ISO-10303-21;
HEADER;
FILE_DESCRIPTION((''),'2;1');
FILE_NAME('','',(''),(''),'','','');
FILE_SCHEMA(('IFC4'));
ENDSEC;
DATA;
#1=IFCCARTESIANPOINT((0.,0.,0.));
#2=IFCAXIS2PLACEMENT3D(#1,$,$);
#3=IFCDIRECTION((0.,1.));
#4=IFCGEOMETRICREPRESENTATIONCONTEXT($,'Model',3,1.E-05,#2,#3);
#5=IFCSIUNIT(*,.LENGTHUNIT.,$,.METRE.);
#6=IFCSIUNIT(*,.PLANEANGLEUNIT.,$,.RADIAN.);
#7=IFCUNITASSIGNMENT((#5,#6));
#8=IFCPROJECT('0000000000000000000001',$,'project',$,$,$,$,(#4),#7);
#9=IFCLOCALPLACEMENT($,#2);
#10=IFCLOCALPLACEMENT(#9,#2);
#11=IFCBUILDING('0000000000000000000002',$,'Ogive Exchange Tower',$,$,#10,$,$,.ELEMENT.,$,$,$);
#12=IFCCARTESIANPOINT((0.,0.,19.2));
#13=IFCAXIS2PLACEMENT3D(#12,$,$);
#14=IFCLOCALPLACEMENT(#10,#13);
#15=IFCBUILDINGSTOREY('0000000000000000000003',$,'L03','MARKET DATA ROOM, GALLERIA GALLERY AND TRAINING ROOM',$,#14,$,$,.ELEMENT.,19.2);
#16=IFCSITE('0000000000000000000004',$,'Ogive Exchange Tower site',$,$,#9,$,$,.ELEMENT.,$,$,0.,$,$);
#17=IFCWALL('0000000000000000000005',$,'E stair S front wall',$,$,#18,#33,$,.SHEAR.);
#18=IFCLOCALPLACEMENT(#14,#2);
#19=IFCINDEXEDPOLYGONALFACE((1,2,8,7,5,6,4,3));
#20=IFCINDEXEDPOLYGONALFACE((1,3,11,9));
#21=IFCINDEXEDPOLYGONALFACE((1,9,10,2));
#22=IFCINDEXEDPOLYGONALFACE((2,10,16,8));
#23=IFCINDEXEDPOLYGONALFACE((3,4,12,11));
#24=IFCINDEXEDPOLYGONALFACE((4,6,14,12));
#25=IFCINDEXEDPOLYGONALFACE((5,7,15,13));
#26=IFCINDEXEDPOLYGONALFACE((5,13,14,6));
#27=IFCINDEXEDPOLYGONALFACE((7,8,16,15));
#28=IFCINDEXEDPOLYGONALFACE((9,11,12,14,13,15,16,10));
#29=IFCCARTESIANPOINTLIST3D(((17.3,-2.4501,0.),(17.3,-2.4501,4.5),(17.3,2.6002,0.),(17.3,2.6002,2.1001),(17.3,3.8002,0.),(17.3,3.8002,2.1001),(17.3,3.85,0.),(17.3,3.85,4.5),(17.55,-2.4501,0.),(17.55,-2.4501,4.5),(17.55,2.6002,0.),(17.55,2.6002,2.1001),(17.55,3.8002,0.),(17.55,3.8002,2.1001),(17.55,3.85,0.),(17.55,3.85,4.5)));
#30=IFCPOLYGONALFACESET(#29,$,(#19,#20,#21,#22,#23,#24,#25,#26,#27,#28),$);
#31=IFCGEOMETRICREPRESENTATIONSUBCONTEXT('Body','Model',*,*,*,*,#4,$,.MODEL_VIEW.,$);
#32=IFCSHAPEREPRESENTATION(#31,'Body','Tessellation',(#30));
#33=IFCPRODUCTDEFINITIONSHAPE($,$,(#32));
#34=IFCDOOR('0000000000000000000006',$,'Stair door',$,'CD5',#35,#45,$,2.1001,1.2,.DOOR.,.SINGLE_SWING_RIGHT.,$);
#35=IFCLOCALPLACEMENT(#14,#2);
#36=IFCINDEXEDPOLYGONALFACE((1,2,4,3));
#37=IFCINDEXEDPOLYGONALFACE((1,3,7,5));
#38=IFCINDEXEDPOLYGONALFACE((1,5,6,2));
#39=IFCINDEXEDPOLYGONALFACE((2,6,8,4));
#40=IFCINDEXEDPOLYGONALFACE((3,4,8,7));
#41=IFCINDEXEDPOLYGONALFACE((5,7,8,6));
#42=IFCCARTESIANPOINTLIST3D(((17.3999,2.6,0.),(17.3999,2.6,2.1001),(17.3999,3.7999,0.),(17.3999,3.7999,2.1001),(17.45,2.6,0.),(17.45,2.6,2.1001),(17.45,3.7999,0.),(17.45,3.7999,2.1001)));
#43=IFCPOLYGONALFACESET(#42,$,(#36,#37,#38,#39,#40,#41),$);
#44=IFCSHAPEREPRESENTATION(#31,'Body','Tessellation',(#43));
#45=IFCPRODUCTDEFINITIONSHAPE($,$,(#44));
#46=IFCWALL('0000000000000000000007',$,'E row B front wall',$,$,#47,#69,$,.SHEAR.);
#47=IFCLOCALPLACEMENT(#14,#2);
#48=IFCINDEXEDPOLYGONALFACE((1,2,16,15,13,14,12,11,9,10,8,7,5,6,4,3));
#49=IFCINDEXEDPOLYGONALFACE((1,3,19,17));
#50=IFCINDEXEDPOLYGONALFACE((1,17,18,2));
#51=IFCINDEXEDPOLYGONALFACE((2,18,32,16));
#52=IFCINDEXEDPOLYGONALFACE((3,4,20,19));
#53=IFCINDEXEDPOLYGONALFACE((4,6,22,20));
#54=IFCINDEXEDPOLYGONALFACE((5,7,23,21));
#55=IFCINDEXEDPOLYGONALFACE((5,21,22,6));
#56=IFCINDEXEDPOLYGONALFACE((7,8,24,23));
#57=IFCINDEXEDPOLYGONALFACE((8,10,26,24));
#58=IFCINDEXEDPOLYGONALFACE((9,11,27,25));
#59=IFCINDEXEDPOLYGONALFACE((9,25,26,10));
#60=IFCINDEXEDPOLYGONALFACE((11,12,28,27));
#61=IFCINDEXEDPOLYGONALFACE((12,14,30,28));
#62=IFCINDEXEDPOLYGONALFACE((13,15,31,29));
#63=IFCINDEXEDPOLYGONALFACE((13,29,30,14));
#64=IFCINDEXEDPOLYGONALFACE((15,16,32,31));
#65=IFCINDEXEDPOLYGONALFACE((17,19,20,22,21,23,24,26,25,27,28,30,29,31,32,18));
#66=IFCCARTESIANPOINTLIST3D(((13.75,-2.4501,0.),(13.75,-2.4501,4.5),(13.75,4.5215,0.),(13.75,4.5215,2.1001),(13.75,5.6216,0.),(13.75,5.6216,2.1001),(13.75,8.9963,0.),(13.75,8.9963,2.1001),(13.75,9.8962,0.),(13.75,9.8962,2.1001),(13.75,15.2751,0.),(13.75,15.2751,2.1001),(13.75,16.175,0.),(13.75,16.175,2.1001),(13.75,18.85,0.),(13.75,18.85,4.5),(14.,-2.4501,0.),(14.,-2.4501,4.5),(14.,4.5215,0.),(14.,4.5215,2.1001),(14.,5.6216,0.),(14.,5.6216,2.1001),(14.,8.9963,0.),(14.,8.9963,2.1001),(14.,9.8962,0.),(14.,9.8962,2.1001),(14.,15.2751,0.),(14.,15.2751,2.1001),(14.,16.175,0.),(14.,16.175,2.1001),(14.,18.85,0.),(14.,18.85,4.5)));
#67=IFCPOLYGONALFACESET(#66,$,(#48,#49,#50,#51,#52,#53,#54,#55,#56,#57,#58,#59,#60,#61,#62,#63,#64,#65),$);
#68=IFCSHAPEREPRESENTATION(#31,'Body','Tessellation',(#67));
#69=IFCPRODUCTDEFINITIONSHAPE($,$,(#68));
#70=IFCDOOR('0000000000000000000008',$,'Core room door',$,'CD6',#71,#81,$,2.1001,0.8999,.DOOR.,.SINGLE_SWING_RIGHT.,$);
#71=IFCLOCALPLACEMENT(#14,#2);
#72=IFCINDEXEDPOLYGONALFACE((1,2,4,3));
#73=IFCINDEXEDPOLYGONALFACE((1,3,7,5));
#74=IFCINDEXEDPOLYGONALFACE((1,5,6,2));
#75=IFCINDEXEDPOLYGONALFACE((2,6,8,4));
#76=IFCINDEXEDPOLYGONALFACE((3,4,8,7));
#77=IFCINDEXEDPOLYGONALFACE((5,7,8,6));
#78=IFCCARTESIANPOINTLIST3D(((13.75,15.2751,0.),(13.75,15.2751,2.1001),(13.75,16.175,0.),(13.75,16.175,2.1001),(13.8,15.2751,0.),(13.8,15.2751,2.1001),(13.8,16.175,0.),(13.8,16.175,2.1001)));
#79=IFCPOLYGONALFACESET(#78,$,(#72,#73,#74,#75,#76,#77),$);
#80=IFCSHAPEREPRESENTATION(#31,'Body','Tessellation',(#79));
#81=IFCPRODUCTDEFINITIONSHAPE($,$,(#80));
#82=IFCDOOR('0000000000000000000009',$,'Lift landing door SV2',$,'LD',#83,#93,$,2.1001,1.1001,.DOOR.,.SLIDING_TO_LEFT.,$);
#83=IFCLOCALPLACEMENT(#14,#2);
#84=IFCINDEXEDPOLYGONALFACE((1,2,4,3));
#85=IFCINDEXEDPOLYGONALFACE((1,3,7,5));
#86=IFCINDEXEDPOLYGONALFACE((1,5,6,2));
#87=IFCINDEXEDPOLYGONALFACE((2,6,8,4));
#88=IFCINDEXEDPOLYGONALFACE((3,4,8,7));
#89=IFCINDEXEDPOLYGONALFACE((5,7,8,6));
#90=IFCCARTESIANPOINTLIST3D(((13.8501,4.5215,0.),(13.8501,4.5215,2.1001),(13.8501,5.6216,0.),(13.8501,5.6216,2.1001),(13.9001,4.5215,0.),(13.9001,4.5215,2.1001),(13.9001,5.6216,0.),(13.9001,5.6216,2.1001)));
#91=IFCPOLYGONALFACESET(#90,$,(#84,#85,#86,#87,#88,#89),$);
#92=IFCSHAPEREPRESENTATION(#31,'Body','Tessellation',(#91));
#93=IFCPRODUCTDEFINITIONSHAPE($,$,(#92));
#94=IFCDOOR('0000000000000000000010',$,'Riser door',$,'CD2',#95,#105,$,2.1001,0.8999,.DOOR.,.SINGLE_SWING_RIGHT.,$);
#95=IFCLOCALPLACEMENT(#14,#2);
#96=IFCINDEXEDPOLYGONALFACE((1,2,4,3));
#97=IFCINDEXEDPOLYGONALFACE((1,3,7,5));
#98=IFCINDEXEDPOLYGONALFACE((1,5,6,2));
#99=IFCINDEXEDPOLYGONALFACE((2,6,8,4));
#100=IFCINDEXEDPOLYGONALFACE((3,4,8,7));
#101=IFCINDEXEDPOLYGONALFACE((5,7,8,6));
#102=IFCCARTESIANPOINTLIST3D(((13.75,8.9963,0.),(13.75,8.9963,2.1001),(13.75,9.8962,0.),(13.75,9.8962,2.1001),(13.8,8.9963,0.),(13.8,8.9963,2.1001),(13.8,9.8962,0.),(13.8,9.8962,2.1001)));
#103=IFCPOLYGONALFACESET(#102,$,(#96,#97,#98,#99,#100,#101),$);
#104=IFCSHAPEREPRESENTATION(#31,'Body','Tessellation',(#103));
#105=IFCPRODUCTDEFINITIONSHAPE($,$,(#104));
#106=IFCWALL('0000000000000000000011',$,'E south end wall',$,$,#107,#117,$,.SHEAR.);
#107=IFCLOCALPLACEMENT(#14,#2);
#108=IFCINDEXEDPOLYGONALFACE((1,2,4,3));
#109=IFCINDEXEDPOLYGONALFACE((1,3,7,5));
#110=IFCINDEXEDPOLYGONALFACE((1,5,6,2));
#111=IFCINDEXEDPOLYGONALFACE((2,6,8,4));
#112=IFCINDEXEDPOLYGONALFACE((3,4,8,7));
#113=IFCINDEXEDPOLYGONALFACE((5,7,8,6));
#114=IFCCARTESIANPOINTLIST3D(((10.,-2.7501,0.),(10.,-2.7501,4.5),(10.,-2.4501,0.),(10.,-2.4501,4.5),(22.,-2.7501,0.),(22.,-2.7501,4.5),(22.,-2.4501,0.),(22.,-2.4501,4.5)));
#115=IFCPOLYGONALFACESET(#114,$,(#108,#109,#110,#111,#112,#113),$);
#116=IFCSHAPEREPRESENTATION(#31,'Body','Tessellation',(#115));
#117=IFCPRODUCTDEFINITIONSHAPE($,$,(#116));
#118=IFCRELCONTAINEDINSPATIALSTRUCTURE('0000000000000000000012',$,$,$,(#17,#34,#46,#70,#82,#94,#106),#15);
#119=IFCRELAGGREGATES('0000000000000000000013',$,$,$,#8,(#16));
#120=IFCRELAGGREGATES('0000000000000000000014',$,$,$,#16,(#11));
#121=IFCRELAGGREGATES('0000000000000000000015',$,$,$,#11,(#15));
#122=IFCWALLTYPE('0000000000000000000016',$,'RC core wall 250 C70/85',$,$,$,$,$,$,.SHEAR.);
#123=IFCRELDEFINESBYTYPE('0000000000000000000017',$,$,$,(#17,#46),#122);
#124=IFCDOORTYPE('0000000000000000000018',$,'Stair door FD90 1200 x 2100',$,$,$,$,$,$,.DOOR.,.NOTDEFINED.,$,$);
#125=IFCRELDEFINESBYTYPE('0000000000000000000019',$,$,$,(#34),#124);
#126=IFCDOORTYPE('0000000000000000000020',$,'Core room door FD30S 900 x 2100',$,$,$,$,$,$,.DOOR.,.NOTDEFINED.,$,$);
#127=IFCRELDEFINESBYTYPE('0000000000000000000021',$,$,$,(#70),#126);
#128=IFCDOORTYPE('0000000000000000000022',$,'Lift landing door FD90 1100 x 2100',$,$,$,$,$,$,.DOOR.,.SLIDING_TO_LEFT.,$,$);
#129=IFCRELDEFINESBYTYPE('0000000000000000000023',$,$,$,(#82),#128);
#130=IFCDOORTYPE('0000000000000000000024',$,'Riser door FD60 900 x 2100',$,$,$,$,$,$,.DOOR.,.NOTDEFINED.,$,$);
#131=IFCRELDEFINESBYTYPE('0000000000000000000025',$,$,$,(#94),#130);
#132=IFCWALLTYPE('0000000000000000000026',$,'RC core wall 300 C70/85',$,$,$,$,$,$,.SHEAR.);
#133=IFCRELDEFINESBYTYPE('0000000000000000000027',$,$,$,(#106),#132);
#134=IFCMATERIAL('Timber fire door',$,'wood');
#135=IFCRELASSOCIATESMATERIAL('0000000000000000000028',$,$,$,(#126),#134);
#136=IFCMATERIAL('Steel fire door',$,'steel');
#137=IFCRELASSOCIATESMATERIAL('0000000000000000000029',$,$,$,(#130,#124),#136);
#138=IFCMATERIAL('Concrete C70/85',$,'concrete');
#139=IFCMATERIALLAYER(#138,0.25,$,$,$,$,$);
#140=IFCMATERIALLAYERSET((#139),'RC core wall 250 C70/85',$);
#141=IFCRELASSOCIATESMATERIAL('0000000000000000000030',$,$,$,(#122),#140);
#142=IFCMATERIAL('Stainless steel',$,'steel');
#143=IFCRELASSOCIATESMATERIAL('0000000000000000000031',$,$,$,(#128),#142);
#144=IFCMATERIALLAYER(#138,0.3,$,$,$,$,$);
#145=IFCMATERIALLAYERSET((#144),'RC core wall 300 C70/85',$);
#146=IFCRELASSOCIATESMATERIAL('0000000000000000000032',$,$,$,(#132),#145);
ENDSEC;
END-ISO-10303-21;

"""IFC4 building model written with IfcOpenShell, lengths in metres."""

from ifc_helpers import new_model, si_unit, direction, frame, frame_2d, origin, place, context, subcontext, project, spatial, rectangle, extrude, material, layer, layer_set, type_object, element, fill, save


model = new_model("IFC4")

# Units and contexts
model_context = context("Model", 3, precision=1e-05, world=origin(), true_north=direction((0.0, 1.0)))
body_context = subcontext(model_context, "Body", "Model", "MODEL_VIEW")
ifc_project = project(units=[si_unit("LENGTHUNIT", "METRE"), si_unit("PLANEANGLEUNIT", "RADIAN")], contexts=[model_context])

# Site, building, storey
site_placement = place(None, origin())
site = spatial("IfcSite", under=ifc_project, at=site_placement, Name="Ogive Exchange Tower site", CompositionType="ELEMENT", RefElevation=0.0)
building_placement = place(site_placement, origin())
building = spatial("IfcBuilding", under=site, at=building_placement, Name="Ogive Exchange Tower", CompositionType="ELEMENT")
storey_placement = place(building_placement, frame((0.0, 0.0, 19.2)))
storey = spatial("IfcBuildingStorey", under=building, at=storey_placement, Name="L03", Description="MARKET DATA ROOM, GALLERIA GALLERY AND TRAINING ROOM", CompositionType="ELEMENT", Elevation=19.2)

# Shared definitions
ifc_material_1 = material(Name="Concrete C70/85", Category="concrete")

# Shared definitions
ifc_material_2 = material(Name="Timber fire door", Category="wood")
door_type_1 = type_object("IfcDoorType", Name="Core room door FD30S 900 x 2100", OperationType="NOTDEFINED", PredefinedType="DOOR", material=ifc_material_2)
ifc_material_3 = material(Name="Steel fire door", Category="steel")
door_type_2 = type_object("IfcDoorType", Name="Riser door FD60 900 x 2100", OperationType="NOTDEFINED", PredefinedType="DOOR", material=ifc_material_3)

# Wall, opening, door
ifc_layer_1 = layer(ifc_material_1, 0.25)
ifc_layer_set_1 = layer_set([ifc_layer_1], Name="RC core wall 250 C70/85")
wall_type_1 = type_object("IfcWallType", Name="RC core wall 250 C70/85", PredefinedType="SHEAR", material=ifc_layer_set_1)
wall_1_placement = place(storey_placement, frame((17.425, -2.45, 0.0), z_axis=(0.0, 0.0, 1.0), x_axis=(0.0, 1.0, 0.0)))
wall_1 = element("IfcWall", 1, at=wall_1_placement, inside=storey, type_object=wall_type_1, Name="E stair S front wall", PredefinedType="SHEAR", context=body_context, shape_type="SweptSolid", body=[
    extrude(rectangle(XDim=6.3, YDim=0.25, at=frame_2d((3.1499, 0.0))), origin(), (0.0, 0.0, 1.0), 4.5),
])
opening_1_placement = place(wall_1_placement, frame((5.05, 0.0, 0.0)))
opening_1 = element("IfcOpeningElement", 2, at=opening_1_placement, cuts=wall_1, PredefinedType="OPENING", context=body_context, shape_type="SweptSolid", body=[
    extrude(rectangle(XDim=1.2, YDim=2.1001, at=frame_2d((0.6001, 1.05))), frame((0.0, 0.135, 0.0), z_axis=(0.0, -1.0, 0.0), x_axis=(1.0, 0.0, 0.0)), (0.0, 0.0, 1.0), 0.27),
])
door_type_3 = type_object("IfcDoorType", Name="Stair door FD90 1200 x 2100", OperationType="NOTDEFINED", PredefinedType="DOOR", material=ifc_material_3)
door_1_placement = place(opening_1_placement, frame((1.2, 0.0, 0.0), z_axis=(0.0, 0.0, 1.0), x_axis=(-1.0, 0.0, 0.0)))
door_1 = element("IfcDoor", 3, at=door_1_placement, inside=storey, type_object=door_type_3, Name="Stair door", ObjectType="CD5", OperationType="SINGLE_SWING_RIGHT", OverallHeight=2.1001, OverallWidth=1.2, PredefinedType="DOOR", context=body_context, shape_type="SweptSolid", body=[
    extrude(rectangle(XDim=1.2, YDim=2.1001, at=frame_2d((0.6001, 1.05))), frame((0.0, 0.0249, 0.0), z_axis=(0.0, -1.0, 0.0), x_axis=(1.0, 0.0, 0.0)), (0.0, 0.0, 1.0), 0.05),
])
fill(opening_1, door_1)

# Wall, openings, doors
wall_2_placement = place(storey_placement, frame((13.875, -2.45, 0.0), z_axis=(0.0, 0.0, 1.0), x_axis=(0.0, 1.0, 0.0)))
wall_2 = element("IfcWall", 4, at=wall_2_placement, inside=storey, type_object=wall_type_1, Name="E row B front wall", PredefinedType="SHEAR", context=body_context, shape_type="SweptSolid", body=[
    extrude(rectangle(XDim=21.3, YDim=0.25, at=frame_2d((10.6499, 0.0))), origin(), (0.0, 0.0, 1.0), 4.5),
])
opening_2_placement = place(wall_2_placement, frame((11.4463, 0.0, 0.0)))
opening_2 = element("IfcOpeningElement", 5, at=opening_2_placement, cuts=wall_2, PredefinedType="OPENING", context=body_context, shape_type="SweptSolid", body=[
    extrude(rectangle(XDim=0.8999, YDim=2.1001, at=frame_2d((0.45, 1.05))), frame((0.0, 0.135, 0.0), z_axis=(0.0, -1.0, 0.0), x_axis=(1.0, 0.0, 0.0)), (0.0, 0.0, 1.0), 0.27),
])
opening_3_placement = place(wall_2_placement, frame((17.7251, 0.0, 0.0)))
opening_3 = element("IfcOpeningElement", 6, at=opening_3_placement, cuts=wall_2, PredefinedType="OPENING", context=body_context, shape_type="SweptSolid", body=[
    extrude(rectangle(XDim=0.8999, YDim=2.1001, at=frame_2d((0.45, 1.05))), frame((0.0, 0.135, 0.0), z_axis=(0.0, -1.0, 0.0), x_axis=(1.0, 0.0, 0.0)), (0.0, 0.0, 1.0), 0.27),
])
opening_4_placement = place(wall_2_placement, frame((6.9714, 0.0, 0.0)))
opening_4 = element("IfcOpeningElement", 7, at=opening_4_placement, cuts=wall_2, PredefinedType="OPENING", context=body_context, shape_type="SweptSolid", body=[
    extrude(rectangle(XDim=1.1001, YDim=2.1001, at=frame_2d((0.55, 1.05))), frame((0.0, 0.135, 0.0), z_axis=(0.0, -1.0, 0.0), x_axis=(1.0, 0.0, 0.0)), (0.0, 0.0, 1.0), 0.27),
])
door_2_placement = place(opening_3_placement, origin())
door_2 = element("IfcDoor", 8, at=door_2_placement, inside=storey, type_object=door_type_1, Name="Core room door", ObjectType="CD6", OperationType="SINGLE_SWING_RIGHT", OverallHeight=2.1001, OverallWidth=0.8999, PredefinedType="DOOR", context=body_context, shape_type="SweptSolid", body=[
    extrude(rectangle(XDim=0.8999, YDim=2.1001, at=frame_2d((0.45, 1.05))), frame((0.0, 0.125, 0.0), z_axis=(0.0, -1.0, 0.0), x_axis=(1.0, 0.0, 0.0)), (0.0, 0.0, 1.0), 0.05),
])
fill(opening_3, door_2)
ifc_material_4 = material(Name="Stainless steel", Category="steel")
door_type_4 = type_object("IfcDoorType", Name="Lift landing door FD90 1100 x 2100", OperationType="SLIDING_TO_LEFT", PredefinedType="DOOR", material=ifc_material_4)
door_3_placement = place(opening_4_placement, origin())
door_3 = element("IfcDoor", 9, at=door_3_placement, inside=storey, type_object=door_type_4, Name="Lift landing door SV2", ObjectType="LD", OperationType="SLIDING_TO_LEFT", OverallHeight=2.1001, OverallWidth=1.1001, PredefinedType="DOOR", context=body_context, shape_type="SweptSolid", body=[
    extrude(rectangle(XDim=1.1001, YDim=2.1001, at=frame_2d((0.55, 1.05))), frame((0.0, 0.0249, 0.0), z_axis=(0.0, -1.0, 0.0), x_axis=(1.0, 0.0, 0.0)), (0.0, 0.0, 1.0), 0.05),
])
fill(opening_4, door_3)
door_4_placement = place(opening_2_placement, origin())
door_4 = element("IfcDoor", 10, at=door_4_placement, inside=storey, type_object=door_type_2, Name="Riser door", ObjectType="CD2", OperationType="SINGLE_SWING_RIGHT", OverallHeight=2.1001, OverallWidth=0.8999, PredefinedType="DOOR", context=body_context, shape_type="SweptSolid", body=[
    extrude(rectangle(XDim=0.8999, YDim=2.1001, at=frame_2d((0.45, 1.05))), frame((0.0, 0.125, 0.0), z_axis=(0.0, -1.0, 0.0), x_axis=(1.0, 0.0, 0.0)), (0.0, 0.0, 1.0), 0.05),
])
fill(opening_2, door_4)

# Wall
ifc_layer_2 = layer(ifc_material_1, 0.3)
ifc_layer_set_2 = layer_set([ifc_layer_2], Name="RC core wall 300 C70/85")
wall_type_2 = type_object("IfcWallType", Name="RC core wall 300 C70/85", PredefinedType="SHEAR", material=ifc_layer_set_2)
wall_3_placement = place(storey_placement, frame((10.0, -2.6001, 0.0), z_axis=(0.0, 0.0, 1.0), x_axis=(1.0, 0.0, 0.0)))
element("IfcWall", 11, at=wall_3_placement, inside=storey, type_object=wall_type_2, Name="E south end wall", PredefinedType="SHEAR", context=body_context, shape_type="SweptSolid", body=[
    extrude(rectangle(XDim=12.0, YDim=0.3, at=frame_2d((6.0, 0.0))), origin(), (0.0, 0.0, 1.0), 4.5),
])

save(model, "model.ifc")
